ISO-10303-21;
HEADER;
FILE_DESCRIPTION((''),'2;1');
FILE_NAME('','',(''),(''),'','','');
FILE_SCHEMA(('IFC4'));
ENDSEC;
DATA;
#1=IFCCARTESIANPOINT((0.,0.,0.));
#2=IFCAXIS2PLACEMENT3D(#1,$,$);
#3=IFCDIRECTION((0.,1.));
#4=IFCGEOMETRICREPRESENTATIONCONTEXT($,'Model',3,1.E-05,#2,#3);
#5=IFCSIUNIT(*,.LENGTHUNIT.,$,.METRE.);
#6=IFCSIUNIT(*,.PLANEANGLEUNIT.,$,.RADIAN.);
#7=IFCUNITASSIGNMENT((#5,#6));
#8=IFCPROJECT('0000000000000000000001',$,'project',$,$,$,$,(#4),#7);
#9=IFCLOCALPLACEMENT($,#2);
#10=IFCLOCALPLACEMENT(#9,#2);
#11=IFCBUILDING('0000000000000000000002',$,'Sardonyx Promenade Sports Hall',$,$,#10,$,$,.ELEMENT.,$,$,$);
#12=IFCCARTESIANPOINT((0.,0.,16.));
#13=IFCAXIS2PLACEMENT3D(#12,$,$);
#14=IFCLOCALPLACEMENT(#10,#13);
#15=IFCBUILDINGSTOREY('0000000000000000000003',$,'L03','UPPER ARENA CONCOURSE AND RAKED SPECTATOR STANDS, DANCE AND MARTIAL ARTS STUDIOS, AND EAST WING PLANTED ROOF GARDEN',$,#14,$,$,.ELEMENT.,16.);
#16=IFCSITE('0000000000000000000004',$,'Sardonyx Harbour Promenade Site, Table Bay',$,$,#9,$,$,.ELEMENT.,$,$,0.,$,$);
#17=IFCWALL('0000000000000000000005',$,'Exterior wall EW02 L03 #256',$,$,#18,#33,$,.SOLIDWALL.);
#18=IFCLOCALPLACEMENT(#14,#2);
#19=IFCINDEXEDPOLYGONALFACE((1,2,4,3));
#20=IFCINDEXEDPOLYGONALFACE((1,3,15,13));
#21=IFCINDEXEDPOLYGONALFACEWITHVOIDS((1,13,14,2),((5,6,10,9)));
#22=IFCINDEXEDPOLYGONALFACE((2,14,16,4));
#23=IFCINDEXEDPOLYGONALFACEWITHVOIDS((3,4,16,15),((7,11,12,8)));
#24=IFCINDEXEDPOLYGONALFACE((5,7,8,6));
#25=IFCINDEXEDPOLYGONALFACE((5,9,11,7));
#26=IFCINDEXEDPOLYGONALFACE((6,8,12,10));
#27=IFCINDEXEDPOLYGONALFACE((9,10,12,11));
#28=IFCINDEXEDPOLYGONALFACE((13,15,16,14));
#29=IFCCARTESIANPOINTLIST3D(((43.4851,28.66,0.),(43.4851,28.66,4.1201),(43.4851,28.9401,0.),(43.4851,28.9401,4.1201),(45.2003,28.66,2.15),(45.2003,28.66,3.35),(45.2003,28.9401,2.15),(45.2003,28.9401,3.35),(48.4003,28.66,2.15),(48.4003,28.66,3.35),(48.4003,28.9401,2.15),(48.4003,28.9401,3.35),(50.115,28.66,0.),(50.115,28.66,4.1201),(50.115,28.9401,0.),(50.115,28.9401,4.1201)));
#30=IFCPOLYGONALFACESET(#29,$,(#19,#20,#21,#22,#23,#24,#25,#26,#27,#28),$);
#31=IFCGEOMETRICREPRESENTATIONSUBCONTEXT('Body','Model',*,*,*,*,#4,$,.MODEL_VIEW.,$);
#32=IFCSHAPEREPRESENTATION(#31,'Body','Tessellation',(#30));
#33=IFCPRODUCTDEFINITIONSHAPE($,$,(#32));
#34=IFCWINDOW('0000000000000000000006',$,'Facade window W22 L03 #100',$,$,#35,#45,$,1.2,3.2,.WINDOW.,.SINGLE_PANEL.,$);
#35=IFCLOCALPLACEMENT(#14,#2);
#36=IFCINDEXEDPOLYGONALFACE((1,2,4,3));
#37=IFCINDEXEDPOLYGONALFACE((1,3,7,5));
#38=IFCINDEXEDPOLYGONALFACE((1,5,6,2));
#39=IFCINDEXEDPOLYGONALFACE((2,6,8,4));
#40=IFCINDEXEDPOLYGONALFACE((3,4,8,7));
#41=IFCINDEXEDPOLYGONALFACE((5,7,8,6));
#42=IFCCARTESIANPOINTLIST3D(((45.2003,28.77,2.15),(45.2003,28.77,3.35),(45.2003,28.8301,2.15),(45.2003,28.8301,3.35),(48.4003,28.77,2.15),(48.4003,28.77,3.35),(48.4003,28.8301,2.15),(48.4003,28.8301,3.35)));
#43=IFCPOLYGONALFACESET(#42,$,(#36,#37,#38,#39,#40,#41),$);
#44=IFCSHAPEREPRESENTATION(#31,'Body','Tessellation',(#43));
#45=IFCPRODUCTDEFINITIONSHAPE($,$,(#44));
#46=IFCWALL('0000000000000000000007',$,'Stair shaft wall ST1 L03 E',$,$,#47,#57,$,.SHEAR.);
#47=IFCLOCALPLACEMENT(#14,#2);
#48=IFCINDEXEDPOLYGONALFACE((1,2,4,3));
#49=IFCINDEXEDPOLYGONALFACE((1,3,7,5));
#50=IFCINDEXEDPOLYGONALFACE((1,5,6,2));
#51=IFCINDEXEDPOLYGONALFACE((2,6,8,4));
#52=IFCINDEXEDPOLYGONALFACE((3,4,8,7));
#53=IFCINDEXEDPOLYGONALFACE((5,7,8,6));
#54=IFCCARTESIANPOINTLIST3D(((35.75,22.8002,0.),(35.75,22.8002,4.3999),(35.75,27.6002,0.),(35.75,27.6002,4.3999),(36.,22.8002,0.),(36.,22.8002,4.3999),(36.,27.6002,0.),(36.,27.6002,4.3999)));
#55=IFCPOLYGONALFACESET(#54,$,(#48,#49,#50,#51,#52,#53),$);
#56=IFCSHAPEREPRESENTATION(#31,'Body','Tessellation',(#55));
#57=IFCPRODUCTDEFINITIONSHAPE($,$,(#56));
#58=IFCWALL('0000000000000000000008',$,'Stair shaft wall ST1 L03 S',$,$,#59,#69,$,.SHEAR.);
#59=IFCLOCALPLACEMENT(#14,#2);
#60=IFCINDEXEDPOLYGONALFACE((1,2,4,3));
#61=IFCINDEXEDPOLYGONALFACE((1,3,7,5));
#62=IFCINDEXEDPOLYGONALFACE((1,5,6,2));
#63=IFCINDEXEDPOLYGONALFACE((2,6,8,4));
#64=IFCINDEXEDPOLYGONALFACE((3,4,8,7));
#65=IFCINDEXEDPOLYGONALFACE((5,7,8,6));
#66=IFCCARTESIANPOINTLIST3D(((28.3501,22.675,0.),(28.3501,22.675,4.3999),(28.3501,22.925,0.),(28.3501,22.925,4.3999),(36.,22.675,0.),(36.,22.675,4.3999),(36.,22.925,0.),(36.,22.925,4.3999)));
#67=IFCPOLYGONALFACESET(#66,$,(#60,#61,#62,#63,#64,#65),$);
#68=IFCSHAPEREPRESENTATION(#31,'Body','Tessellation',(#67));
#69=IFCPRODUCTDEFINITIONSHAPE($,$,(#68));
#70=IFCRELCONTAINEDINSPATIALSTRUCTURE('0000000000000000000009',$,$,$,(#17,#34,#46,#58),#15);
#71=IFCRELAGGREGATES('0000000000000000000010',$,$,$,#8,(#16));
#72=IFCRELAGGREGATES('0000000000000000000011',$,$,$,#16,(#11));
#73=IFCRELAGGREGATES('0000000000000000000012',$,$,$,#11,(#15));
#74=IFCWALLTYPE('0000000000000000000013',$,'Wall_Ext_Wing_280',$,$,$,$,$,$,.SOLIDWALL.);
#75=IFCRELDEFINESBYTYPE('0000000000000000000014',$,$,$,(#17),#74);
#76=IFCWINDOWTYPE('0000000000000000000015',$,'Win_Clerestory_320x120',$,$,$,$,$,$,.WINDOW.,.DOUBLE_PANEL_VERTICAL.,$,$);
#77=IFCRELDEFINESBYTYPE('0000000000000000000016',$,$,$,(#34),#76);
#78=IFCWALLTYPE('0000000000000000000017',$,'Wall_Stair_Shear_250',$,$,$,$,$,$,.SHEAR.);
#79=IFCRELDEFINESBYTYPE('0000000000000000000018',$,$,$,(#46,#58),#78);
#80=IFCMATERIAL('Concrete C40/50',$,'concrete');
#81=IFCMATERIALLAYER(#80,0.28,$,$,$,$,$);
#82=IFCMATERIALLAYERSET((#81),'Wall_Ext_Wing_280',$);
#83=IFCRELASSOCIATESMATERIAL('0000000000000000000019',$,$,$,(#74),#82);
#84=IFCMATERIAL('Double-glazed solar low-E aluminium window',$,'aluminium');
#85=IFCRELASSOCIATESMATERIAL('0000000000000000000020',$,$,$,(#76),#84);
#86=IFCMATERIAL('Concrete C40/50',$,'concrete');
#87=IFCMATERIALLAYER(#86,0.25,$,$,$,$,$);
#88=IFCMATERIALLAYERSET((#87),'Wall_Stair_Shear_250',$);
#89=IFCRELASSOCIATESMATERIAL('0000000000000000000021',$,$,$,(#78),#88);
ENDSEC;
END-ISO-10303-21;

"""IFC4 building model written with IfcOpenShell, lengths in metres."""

from ifc_helpers import new_model, si_unit, direction, frame, frame_2d, origin, place, context, subcontext, project, spatial, rectangle, extrude, material, layer, layer_set, type_object, element, fill, save


model = new_model("IFC4")

# Units and contexts
model_context = context("Model", 3, precision=1e-05, world=origin(), true_north=direction((0.0, 1.0)))
body_context = subcontext(model_context, "Body", "Model", "MODEL_VIEW")
ifc_project = project(units=[si_unit("LENGTHUNIT", "METRE"), si_unit("PLANEANGLEUNIT", "RADIAN")], contexts=[model_context])

# Site, building, storey
site_placement = place(None, origin())
site = spatial("IfcSite", under=ifc_project, at=site_placement, Name="Sardonyx Harbour Promenade Site, Table Bay", CompositionType="ELEMENT", RefElevation=0.0)
building_placement = place(site_placement, origin())
building = spatial("IfcBuilding", under=site, at=building_placement, Name="Sardonyx Promenade Sports Hall", CompositionType="ELEMENT")
storey_placement = place(building_placement, frame((0.0, 0.0, 16.0)))
storey = spatial("IfcBuildingStorey", under=building, at=storey_placement, Name="L03", Description="UPPER ARENA CONCOURSE AND RAKED SPECTATOR STANDS, DANCE AND MARTIAL ARTS STUDIOS, AND EAST WING PLANTED ROOF GARDEN", CompositionType="ELEMENT", Elevation=16.0)

# Wall, opening, window
ifc_material_1 = material(Name="Concrete C40/50", Category="concrete")
ifc_layer_1 = layer(ifc_material_1, 0.28)
ifc_layer_set_1 = layer_set([ifc_layer_1], Name="Wall_Ext_Wing_280")
wall_type_1 = type_object("IfcWallType", Name="Wall_Ext_Wing_280", PredefinedType="SOLIDWALL", material=ifc_layer_set_1)
wall_1_placement = place(storey_placement, frame((43.4851, 28.8, 0.0), z_axis=(0.0, 0.0, 1.0), x_axis=(1.0, 0.0, 0.0)))
wall_1 = element("IfcWall", 1, at=wall_1_placement, inside=storey, type_object=wall_type_1, Name="Exterior wall EW02 L03 #256", PredefinedType="SOLIDWALL", context=body_context, shape_type="SweptSolid", body=[
    extrude(rectangle(XDim=6.6299, YDim=0.28, at=frame_2d((3.3149, 0.0))), origin(), (0.0, 0.0, 1.0), 4.1201),
])
opening_placement = place(wall_1_placement, frame((1.7151, 0.0, 2.1499)))
opening = element("IfcOpeningElement", 2, at=opening_placement, cuts=wall_1, PredefinedType="OPENING", context=body_context, shape_type="SweptSolid", body=[
    extrude(rectangle(XDim=3.2, YDim=1.2, at=frame_2d((1.6001, 0.6001))), frame((0.0, 0.15, 0.0), z_axis=(0.0, -1.0, 0.0), x_axis=(1.0, 0.0, 0.0)), (0.0, 0.0, 1.0), 0.3),
])
ifc_material_2 = material(Name="Double-glazed solar low-E aluminium window", Category="aluminium")
window_type = type_object("IfcWindowType", Name="Win_Clerestory_320x120", PartitioningType="DOUBLE_PANEL_VERTICAL", PredefinedType="WINDOW", material=ifc_material_2)
window_placement = place(opening_placement, origin())
window = element("IfcWindow", 3, at=window_placement, inside=storey, type_object=window_type, Name="Facade window W22 L03 #100", OverallHeight=1.2, OverallWidth=3.2, PartitioningType="SINGLE_PANEL", PredefinedType="WINDOW", context=body_context, shape_type="SweptSolid", body=[
    extrude(rectangle(XDim=3.2, YDim=1.2, at=frame_2d((1.6001, 0.6001))), frame((0.0, 0.03, 0.0), z_axis=(0.0, -1.0, 0.0), x_axis=(1.0, 0.0, 0.0)), (0.0, 0.0, 1.0), 0.0601),
])
fill(opening, window)

# Walls
ifc_material_3 = material(Name="Concrete C40/50", Category="concrete")
ifc_layer_2 = layer(ifc_material_3, 0.25)
ifc_layer_set_2 = layer_set([ifc_layer_2], Name="Wall_Stair_Shear_250")
wall_type_2 = type_object("IfcWallType", Name="Wall_Stair_Shear_250", PredefinedType="SHEAR", material=ifc_layer_set_2)
wall_2_placement = place(storey_placement, frame((35.875, 27.6001, 0.0), z_axis=(0.0, 0.0, 1.0), x_axis=(0.0, -1.0, 0.0)))
element("IfcWall", 4, at=wall_2_placement, inside=storey, type_object=wall_type_2, Name="Stair shaft wall ST1 L03 E", PredefinedType="SHEAR", context=body_context, shape_type="SweptSolid", body=[
    extrude(rectangle(XDim=4.8, YDim=0.25, at=frame_2d((2.3999, 0.0))), origin(), (0.0, 0.0, 1.0), 4.3999),
])
wall_3_placement = place(storey_placement, frame((36.0, 22.8, 0.0), z_axis=(0.0, 0.0, 1.0), x_axis=(-1.0, 0.0, 0.0)))
element("IfcWall", 5, at=wall_3_placement, inside=storey, type_object=wall_type_2, Name="Stair shaft wall ST1 L03 S", PredefinedType="SHEAR", context=body_context, shape_type="SweptSolid", body=[
    extrude(rectangle(XDim=7.6499, YDim=0.25, at=frame_2d((3.825, 0.0))), origin(), (0.0, 0.0, 1.0), 4.3999),
])

save(model, "model.ifc")
